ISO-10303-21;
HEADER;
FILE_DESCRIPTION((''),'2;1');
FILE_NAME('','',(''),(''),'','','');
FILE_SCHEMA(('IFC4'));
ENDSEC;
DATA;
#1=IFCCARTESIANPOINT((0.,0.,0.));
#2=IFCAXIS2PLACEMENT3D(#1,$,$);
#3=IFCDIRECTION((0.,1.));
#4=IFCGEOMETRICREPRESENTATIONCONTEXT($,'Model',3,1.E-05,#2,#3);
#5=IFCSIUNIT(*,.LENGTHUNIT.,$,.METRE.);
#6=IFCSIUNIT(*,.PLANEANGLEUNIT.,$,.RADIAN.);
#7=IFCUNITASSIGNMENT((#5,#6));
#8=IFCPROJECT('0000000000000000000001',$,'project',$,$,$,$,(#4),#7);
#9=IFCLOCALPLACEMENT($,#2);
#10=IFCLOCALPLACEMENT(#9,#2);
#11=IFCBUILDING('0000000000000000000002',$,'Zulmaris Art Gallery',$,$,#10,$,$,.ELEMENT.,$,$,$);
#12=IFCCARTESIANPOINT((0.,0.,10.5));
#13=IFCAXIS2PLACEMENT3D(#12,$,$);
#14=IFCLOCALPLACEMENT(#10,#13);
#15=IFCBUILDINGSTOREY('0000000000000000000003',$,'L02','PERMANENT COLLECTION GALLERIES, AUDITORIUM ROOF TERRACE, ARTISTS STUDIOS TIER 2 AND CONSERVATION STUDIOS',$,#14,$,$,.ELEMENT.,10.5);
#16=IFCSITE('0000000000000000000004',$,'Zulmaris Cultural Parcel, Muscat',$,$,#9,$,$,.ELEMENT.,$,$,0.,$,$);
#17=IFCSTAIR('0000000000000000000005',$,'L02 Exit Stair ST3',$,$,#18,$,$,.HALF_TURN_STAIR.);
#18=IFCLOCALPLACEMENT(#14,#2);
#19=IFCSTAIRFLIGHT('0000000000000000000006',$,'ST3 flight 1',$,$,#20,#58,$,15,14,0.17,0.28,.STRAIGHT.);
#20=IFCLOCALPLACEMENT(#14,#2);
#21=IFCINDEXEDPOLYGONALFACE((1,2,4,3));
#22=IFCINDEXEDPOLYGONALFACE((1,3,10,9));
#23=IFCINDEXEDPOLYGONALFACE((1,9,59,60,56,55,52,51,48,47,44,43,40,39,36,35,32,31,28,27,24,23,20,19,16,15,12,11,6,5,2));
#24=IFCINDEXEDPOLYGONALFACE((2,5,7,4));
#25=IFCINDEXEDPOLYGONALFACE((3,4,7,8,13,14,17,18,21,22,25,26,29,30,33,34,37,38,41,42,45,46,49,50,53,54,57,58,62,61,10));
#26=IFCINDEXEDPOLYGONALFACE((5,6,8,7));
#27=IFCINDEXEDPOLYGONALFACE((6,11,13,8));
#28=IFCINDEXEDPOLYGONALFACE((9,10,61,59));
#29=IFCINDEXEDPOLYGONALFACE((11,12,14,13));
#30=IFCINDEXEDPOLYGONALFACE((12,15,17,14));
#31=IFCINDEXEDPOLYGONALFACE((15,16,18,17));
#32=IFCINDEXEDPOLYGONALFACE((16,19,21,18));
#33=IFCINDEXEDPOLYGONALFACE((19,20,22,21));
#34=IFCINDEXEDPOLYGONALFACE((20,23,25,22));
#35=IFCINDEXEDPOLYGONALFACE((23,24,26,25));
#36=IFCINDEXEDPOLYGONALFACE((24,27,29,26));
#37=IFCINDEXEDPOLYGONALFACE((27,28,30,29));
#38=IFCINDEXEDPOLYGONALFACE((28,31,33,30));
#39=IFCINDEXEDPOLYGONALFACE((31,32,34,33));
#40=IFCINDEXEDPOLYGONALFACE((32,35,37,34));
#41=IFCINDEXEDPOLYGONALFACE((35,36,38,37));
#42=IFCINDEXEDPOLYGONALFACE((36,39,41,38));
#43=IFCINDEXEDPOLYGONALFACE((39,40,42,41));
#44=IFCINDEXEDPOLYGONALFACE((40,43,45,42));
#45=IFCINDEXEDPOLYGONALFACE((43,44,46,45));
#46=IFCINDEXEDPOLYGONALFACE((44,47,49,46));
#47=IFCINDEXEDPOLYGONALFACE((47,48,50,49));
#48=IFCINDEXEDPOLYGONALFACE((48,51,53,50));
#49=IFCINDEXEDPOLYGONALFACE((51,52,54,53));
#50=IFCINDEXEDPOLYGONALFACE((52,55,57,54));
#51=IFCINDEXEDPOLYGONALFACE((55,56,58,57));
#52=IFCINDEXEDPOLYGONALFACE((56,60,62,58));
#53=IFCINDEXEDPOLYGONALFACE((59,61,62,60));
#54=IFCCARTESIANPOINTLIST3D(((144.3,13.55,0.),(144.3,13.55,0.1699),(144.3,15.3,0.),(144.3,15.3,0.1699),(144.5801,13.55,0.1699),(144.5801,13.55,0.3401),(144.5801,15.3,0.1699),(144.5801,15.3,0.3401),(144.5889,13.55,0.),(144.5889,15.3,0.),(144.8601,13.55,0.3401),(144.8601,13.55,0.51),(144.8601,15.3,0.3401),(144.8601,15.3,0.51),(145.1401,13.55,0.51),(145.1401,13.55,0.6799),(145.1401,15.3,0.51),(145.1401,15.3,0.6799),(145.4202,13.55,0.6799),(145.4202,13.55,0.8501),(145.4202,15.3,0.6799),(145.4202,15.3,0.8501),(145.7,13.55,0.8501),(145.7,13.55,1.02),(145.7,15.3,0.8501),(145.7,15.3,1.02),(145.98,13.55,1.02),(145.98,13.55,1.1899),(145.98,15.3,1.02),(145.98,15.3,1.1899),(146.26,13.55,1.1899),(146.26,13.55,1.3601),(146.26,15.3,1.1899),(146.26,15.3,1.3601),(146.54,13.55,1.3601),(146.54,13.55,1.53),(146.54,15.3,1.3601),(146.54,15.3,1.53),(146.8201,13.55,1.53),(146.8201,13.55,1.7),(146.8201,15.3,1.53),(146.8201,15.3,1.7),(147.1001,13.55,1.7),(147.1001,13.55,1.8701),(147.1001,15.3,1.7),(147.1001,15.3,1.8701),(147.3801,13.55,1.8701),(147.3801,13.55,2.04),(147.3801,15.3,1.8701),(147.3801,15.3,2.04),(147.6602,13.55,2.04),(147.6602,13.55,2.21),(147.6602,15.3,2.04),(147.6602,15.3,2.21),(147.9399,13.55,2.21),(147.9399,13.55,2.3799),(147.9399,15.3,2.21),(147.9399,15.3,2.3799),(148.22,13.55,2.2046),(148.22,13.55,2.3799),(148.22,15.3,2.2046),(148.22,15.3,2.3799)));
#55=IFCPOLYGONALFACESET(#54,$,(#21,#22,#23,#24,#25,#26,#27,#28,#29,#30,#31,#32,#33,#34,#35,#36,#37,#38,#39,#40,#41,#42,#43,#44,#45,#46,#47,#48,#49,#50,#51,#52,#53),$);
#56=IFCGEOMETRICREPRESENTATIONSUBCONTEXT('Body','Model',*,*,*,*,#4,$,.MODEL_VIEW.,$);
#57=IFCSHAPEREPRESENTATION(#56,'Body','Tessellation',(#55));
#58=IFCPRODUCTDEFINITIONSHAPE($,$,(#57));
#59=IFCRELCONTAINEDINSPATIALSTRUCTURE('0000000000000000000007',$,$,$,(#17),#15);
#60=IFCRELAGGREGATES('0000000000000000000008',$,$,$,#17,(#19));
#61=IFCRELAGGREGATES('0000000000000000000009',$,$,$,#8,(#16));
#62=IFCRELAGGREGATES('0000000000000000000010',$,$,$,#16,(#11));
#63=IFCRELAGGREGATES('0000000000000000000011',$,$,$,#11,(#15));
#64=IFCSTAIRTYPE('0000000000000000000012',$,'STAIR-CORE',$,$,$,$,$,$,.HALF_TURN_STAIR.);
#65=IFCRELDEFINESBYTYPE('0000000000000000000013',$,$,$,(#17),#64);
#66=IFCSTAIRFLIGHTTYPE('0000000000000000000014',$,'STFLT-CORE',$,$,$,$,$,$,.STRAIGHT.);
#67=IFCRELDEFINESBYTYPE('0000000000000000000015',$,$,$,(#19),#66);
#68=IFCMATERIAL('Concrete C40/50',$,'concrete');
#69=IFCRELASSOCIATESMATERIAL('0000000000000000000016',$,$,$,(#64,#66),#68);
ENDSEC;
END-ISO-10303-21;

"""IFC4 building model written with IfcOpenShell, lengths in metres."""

from ifc_helpers import new_model, si_unit, direction, frame, origin, place, context, subcontext, project, spatial, polyline, outline, extrude, material, type_object, element, aggregate, save


model = new_model("IFC4")

# Units and contexts
model_context = context("Model", 3, precision=1e-05, world=origin(), true_north=direction((0.0, 1.0)))
body_context = subcontext(model_context, "Body", "Model", "MODEL_VIEW")
ifc_project = project(units=[si_unit("LENGTHUNIT", "METRE"), si_unit("PLANEANGLEUNIT", "RADIAN")], contexts=[model_context])

# Site, building, storey
site_placement = place(None, origin())
site = spatial("IfcSite", under=ifc_project, at=site_placement, Name="Zulmaris Cultural Parcel, Muscat", CompositionType="ELEMENT", RefElevation=0.0)
building_placement = place(site_placement, origin())
building = spatial("IfcBuilding", under=site, at=building_placement, Name="Zulmaris Art Gallery", CompositionType="ELEMENT")
storey_placement = place(building_placement, frame((0.0, 0.0, 10.5)))
storey = spatial("IfcBuildingStorey", under=building, at=storey_placement, Name="L02", Description="PERMANENT COLLECTION GALLERIES, AUDITORIUM ROOF TERRACE, ARTISTS STUDIOS TIER 2 AND CONSERVATION STUDIOS", CompositionType="ELEMENT", Elevation=10.5)

# Shared definitions
ifc_material_1 = material(Name="Concrete C40/50", Category="concrete")

# Stair, stair flight
stair_type = type_object("IfcStairType", Name="STAIR-CORE", PredefinedType="HALF_TURN_STAIR", material=ifc_material_1)
stair_placement = place(storey_placement, origin())
stair = element("IfcStair", 1, at=stair_placement, inside=storey, type_object=stair_type, Name="L02 Exit Stair ST3", PredefinedType="HALF_TURN_STAIR")
stair_flight_type = type_object("IfcStairFlightType", Name="STFLT-CORE", PredefinedType="STRAIGHT", material=ifc_material_1)
stair_flight_placement = place(storey_placement, frame((144.3, 14.425, 0.0), z_axis=(0.0, 0.0, 1.0), x_axis=(1.0, 0.0, 0.0)))
stair_flight = element("IfcStairFlight", 2, at=stair_flight_placement, type_object=stair_flight_type, Name="ST3 flight 1", NumberOfRisers=15, NumberOfTreads=14, PredefinedType="STRAIGHT", RiserHeight=0.17, TreadLength=0.28, context=body_context, shape_type="SweptSolid", body=[
    extrude(outline(polyline([(0.0, 0.0), (0.0, 0.1699), (0.28, 0.1699), (0.28, 0.3401), (0.5601, 0.3401), (0.5601, 0.51), (0.8401, 0.51), (0.8401, 0.6799), (1.1201, 0.6799), (1.1201, 0.8501), (1.3999, 0.8501), (1.3999, 1.02), (1.6799, 1.02), (1.6799, 1.1899), (1.96, 1.1899), (1.96, 1.3601), (2.24, 1.3601), (2.24, 1.53), (2.52, 1.53), (2.52, 1.7), (2.8, 1.7), (2.8, 1.8701), (3.0801, 1.8701), (3.0801, 2.04), (3.3601, 2.04), (3.3601, 2.21), (3.6399, 2.21), (3.6399, 2.3799), (3.9199, 2.3799), (3.9199, 2.55), (3.9199, 2.2046), (0.2888, 0.0), (0.0, 0.0)])), frame((0.0, 0.875, 0.0), z_axis=(0.0, -1.0, 0.0), x_axis=(1.0, 0.0, 0.0)), (0.0, 0.0, 1.0), 1.75),
])
aggregate(stair, [stair_flight])

save(model, "model.ifc")
